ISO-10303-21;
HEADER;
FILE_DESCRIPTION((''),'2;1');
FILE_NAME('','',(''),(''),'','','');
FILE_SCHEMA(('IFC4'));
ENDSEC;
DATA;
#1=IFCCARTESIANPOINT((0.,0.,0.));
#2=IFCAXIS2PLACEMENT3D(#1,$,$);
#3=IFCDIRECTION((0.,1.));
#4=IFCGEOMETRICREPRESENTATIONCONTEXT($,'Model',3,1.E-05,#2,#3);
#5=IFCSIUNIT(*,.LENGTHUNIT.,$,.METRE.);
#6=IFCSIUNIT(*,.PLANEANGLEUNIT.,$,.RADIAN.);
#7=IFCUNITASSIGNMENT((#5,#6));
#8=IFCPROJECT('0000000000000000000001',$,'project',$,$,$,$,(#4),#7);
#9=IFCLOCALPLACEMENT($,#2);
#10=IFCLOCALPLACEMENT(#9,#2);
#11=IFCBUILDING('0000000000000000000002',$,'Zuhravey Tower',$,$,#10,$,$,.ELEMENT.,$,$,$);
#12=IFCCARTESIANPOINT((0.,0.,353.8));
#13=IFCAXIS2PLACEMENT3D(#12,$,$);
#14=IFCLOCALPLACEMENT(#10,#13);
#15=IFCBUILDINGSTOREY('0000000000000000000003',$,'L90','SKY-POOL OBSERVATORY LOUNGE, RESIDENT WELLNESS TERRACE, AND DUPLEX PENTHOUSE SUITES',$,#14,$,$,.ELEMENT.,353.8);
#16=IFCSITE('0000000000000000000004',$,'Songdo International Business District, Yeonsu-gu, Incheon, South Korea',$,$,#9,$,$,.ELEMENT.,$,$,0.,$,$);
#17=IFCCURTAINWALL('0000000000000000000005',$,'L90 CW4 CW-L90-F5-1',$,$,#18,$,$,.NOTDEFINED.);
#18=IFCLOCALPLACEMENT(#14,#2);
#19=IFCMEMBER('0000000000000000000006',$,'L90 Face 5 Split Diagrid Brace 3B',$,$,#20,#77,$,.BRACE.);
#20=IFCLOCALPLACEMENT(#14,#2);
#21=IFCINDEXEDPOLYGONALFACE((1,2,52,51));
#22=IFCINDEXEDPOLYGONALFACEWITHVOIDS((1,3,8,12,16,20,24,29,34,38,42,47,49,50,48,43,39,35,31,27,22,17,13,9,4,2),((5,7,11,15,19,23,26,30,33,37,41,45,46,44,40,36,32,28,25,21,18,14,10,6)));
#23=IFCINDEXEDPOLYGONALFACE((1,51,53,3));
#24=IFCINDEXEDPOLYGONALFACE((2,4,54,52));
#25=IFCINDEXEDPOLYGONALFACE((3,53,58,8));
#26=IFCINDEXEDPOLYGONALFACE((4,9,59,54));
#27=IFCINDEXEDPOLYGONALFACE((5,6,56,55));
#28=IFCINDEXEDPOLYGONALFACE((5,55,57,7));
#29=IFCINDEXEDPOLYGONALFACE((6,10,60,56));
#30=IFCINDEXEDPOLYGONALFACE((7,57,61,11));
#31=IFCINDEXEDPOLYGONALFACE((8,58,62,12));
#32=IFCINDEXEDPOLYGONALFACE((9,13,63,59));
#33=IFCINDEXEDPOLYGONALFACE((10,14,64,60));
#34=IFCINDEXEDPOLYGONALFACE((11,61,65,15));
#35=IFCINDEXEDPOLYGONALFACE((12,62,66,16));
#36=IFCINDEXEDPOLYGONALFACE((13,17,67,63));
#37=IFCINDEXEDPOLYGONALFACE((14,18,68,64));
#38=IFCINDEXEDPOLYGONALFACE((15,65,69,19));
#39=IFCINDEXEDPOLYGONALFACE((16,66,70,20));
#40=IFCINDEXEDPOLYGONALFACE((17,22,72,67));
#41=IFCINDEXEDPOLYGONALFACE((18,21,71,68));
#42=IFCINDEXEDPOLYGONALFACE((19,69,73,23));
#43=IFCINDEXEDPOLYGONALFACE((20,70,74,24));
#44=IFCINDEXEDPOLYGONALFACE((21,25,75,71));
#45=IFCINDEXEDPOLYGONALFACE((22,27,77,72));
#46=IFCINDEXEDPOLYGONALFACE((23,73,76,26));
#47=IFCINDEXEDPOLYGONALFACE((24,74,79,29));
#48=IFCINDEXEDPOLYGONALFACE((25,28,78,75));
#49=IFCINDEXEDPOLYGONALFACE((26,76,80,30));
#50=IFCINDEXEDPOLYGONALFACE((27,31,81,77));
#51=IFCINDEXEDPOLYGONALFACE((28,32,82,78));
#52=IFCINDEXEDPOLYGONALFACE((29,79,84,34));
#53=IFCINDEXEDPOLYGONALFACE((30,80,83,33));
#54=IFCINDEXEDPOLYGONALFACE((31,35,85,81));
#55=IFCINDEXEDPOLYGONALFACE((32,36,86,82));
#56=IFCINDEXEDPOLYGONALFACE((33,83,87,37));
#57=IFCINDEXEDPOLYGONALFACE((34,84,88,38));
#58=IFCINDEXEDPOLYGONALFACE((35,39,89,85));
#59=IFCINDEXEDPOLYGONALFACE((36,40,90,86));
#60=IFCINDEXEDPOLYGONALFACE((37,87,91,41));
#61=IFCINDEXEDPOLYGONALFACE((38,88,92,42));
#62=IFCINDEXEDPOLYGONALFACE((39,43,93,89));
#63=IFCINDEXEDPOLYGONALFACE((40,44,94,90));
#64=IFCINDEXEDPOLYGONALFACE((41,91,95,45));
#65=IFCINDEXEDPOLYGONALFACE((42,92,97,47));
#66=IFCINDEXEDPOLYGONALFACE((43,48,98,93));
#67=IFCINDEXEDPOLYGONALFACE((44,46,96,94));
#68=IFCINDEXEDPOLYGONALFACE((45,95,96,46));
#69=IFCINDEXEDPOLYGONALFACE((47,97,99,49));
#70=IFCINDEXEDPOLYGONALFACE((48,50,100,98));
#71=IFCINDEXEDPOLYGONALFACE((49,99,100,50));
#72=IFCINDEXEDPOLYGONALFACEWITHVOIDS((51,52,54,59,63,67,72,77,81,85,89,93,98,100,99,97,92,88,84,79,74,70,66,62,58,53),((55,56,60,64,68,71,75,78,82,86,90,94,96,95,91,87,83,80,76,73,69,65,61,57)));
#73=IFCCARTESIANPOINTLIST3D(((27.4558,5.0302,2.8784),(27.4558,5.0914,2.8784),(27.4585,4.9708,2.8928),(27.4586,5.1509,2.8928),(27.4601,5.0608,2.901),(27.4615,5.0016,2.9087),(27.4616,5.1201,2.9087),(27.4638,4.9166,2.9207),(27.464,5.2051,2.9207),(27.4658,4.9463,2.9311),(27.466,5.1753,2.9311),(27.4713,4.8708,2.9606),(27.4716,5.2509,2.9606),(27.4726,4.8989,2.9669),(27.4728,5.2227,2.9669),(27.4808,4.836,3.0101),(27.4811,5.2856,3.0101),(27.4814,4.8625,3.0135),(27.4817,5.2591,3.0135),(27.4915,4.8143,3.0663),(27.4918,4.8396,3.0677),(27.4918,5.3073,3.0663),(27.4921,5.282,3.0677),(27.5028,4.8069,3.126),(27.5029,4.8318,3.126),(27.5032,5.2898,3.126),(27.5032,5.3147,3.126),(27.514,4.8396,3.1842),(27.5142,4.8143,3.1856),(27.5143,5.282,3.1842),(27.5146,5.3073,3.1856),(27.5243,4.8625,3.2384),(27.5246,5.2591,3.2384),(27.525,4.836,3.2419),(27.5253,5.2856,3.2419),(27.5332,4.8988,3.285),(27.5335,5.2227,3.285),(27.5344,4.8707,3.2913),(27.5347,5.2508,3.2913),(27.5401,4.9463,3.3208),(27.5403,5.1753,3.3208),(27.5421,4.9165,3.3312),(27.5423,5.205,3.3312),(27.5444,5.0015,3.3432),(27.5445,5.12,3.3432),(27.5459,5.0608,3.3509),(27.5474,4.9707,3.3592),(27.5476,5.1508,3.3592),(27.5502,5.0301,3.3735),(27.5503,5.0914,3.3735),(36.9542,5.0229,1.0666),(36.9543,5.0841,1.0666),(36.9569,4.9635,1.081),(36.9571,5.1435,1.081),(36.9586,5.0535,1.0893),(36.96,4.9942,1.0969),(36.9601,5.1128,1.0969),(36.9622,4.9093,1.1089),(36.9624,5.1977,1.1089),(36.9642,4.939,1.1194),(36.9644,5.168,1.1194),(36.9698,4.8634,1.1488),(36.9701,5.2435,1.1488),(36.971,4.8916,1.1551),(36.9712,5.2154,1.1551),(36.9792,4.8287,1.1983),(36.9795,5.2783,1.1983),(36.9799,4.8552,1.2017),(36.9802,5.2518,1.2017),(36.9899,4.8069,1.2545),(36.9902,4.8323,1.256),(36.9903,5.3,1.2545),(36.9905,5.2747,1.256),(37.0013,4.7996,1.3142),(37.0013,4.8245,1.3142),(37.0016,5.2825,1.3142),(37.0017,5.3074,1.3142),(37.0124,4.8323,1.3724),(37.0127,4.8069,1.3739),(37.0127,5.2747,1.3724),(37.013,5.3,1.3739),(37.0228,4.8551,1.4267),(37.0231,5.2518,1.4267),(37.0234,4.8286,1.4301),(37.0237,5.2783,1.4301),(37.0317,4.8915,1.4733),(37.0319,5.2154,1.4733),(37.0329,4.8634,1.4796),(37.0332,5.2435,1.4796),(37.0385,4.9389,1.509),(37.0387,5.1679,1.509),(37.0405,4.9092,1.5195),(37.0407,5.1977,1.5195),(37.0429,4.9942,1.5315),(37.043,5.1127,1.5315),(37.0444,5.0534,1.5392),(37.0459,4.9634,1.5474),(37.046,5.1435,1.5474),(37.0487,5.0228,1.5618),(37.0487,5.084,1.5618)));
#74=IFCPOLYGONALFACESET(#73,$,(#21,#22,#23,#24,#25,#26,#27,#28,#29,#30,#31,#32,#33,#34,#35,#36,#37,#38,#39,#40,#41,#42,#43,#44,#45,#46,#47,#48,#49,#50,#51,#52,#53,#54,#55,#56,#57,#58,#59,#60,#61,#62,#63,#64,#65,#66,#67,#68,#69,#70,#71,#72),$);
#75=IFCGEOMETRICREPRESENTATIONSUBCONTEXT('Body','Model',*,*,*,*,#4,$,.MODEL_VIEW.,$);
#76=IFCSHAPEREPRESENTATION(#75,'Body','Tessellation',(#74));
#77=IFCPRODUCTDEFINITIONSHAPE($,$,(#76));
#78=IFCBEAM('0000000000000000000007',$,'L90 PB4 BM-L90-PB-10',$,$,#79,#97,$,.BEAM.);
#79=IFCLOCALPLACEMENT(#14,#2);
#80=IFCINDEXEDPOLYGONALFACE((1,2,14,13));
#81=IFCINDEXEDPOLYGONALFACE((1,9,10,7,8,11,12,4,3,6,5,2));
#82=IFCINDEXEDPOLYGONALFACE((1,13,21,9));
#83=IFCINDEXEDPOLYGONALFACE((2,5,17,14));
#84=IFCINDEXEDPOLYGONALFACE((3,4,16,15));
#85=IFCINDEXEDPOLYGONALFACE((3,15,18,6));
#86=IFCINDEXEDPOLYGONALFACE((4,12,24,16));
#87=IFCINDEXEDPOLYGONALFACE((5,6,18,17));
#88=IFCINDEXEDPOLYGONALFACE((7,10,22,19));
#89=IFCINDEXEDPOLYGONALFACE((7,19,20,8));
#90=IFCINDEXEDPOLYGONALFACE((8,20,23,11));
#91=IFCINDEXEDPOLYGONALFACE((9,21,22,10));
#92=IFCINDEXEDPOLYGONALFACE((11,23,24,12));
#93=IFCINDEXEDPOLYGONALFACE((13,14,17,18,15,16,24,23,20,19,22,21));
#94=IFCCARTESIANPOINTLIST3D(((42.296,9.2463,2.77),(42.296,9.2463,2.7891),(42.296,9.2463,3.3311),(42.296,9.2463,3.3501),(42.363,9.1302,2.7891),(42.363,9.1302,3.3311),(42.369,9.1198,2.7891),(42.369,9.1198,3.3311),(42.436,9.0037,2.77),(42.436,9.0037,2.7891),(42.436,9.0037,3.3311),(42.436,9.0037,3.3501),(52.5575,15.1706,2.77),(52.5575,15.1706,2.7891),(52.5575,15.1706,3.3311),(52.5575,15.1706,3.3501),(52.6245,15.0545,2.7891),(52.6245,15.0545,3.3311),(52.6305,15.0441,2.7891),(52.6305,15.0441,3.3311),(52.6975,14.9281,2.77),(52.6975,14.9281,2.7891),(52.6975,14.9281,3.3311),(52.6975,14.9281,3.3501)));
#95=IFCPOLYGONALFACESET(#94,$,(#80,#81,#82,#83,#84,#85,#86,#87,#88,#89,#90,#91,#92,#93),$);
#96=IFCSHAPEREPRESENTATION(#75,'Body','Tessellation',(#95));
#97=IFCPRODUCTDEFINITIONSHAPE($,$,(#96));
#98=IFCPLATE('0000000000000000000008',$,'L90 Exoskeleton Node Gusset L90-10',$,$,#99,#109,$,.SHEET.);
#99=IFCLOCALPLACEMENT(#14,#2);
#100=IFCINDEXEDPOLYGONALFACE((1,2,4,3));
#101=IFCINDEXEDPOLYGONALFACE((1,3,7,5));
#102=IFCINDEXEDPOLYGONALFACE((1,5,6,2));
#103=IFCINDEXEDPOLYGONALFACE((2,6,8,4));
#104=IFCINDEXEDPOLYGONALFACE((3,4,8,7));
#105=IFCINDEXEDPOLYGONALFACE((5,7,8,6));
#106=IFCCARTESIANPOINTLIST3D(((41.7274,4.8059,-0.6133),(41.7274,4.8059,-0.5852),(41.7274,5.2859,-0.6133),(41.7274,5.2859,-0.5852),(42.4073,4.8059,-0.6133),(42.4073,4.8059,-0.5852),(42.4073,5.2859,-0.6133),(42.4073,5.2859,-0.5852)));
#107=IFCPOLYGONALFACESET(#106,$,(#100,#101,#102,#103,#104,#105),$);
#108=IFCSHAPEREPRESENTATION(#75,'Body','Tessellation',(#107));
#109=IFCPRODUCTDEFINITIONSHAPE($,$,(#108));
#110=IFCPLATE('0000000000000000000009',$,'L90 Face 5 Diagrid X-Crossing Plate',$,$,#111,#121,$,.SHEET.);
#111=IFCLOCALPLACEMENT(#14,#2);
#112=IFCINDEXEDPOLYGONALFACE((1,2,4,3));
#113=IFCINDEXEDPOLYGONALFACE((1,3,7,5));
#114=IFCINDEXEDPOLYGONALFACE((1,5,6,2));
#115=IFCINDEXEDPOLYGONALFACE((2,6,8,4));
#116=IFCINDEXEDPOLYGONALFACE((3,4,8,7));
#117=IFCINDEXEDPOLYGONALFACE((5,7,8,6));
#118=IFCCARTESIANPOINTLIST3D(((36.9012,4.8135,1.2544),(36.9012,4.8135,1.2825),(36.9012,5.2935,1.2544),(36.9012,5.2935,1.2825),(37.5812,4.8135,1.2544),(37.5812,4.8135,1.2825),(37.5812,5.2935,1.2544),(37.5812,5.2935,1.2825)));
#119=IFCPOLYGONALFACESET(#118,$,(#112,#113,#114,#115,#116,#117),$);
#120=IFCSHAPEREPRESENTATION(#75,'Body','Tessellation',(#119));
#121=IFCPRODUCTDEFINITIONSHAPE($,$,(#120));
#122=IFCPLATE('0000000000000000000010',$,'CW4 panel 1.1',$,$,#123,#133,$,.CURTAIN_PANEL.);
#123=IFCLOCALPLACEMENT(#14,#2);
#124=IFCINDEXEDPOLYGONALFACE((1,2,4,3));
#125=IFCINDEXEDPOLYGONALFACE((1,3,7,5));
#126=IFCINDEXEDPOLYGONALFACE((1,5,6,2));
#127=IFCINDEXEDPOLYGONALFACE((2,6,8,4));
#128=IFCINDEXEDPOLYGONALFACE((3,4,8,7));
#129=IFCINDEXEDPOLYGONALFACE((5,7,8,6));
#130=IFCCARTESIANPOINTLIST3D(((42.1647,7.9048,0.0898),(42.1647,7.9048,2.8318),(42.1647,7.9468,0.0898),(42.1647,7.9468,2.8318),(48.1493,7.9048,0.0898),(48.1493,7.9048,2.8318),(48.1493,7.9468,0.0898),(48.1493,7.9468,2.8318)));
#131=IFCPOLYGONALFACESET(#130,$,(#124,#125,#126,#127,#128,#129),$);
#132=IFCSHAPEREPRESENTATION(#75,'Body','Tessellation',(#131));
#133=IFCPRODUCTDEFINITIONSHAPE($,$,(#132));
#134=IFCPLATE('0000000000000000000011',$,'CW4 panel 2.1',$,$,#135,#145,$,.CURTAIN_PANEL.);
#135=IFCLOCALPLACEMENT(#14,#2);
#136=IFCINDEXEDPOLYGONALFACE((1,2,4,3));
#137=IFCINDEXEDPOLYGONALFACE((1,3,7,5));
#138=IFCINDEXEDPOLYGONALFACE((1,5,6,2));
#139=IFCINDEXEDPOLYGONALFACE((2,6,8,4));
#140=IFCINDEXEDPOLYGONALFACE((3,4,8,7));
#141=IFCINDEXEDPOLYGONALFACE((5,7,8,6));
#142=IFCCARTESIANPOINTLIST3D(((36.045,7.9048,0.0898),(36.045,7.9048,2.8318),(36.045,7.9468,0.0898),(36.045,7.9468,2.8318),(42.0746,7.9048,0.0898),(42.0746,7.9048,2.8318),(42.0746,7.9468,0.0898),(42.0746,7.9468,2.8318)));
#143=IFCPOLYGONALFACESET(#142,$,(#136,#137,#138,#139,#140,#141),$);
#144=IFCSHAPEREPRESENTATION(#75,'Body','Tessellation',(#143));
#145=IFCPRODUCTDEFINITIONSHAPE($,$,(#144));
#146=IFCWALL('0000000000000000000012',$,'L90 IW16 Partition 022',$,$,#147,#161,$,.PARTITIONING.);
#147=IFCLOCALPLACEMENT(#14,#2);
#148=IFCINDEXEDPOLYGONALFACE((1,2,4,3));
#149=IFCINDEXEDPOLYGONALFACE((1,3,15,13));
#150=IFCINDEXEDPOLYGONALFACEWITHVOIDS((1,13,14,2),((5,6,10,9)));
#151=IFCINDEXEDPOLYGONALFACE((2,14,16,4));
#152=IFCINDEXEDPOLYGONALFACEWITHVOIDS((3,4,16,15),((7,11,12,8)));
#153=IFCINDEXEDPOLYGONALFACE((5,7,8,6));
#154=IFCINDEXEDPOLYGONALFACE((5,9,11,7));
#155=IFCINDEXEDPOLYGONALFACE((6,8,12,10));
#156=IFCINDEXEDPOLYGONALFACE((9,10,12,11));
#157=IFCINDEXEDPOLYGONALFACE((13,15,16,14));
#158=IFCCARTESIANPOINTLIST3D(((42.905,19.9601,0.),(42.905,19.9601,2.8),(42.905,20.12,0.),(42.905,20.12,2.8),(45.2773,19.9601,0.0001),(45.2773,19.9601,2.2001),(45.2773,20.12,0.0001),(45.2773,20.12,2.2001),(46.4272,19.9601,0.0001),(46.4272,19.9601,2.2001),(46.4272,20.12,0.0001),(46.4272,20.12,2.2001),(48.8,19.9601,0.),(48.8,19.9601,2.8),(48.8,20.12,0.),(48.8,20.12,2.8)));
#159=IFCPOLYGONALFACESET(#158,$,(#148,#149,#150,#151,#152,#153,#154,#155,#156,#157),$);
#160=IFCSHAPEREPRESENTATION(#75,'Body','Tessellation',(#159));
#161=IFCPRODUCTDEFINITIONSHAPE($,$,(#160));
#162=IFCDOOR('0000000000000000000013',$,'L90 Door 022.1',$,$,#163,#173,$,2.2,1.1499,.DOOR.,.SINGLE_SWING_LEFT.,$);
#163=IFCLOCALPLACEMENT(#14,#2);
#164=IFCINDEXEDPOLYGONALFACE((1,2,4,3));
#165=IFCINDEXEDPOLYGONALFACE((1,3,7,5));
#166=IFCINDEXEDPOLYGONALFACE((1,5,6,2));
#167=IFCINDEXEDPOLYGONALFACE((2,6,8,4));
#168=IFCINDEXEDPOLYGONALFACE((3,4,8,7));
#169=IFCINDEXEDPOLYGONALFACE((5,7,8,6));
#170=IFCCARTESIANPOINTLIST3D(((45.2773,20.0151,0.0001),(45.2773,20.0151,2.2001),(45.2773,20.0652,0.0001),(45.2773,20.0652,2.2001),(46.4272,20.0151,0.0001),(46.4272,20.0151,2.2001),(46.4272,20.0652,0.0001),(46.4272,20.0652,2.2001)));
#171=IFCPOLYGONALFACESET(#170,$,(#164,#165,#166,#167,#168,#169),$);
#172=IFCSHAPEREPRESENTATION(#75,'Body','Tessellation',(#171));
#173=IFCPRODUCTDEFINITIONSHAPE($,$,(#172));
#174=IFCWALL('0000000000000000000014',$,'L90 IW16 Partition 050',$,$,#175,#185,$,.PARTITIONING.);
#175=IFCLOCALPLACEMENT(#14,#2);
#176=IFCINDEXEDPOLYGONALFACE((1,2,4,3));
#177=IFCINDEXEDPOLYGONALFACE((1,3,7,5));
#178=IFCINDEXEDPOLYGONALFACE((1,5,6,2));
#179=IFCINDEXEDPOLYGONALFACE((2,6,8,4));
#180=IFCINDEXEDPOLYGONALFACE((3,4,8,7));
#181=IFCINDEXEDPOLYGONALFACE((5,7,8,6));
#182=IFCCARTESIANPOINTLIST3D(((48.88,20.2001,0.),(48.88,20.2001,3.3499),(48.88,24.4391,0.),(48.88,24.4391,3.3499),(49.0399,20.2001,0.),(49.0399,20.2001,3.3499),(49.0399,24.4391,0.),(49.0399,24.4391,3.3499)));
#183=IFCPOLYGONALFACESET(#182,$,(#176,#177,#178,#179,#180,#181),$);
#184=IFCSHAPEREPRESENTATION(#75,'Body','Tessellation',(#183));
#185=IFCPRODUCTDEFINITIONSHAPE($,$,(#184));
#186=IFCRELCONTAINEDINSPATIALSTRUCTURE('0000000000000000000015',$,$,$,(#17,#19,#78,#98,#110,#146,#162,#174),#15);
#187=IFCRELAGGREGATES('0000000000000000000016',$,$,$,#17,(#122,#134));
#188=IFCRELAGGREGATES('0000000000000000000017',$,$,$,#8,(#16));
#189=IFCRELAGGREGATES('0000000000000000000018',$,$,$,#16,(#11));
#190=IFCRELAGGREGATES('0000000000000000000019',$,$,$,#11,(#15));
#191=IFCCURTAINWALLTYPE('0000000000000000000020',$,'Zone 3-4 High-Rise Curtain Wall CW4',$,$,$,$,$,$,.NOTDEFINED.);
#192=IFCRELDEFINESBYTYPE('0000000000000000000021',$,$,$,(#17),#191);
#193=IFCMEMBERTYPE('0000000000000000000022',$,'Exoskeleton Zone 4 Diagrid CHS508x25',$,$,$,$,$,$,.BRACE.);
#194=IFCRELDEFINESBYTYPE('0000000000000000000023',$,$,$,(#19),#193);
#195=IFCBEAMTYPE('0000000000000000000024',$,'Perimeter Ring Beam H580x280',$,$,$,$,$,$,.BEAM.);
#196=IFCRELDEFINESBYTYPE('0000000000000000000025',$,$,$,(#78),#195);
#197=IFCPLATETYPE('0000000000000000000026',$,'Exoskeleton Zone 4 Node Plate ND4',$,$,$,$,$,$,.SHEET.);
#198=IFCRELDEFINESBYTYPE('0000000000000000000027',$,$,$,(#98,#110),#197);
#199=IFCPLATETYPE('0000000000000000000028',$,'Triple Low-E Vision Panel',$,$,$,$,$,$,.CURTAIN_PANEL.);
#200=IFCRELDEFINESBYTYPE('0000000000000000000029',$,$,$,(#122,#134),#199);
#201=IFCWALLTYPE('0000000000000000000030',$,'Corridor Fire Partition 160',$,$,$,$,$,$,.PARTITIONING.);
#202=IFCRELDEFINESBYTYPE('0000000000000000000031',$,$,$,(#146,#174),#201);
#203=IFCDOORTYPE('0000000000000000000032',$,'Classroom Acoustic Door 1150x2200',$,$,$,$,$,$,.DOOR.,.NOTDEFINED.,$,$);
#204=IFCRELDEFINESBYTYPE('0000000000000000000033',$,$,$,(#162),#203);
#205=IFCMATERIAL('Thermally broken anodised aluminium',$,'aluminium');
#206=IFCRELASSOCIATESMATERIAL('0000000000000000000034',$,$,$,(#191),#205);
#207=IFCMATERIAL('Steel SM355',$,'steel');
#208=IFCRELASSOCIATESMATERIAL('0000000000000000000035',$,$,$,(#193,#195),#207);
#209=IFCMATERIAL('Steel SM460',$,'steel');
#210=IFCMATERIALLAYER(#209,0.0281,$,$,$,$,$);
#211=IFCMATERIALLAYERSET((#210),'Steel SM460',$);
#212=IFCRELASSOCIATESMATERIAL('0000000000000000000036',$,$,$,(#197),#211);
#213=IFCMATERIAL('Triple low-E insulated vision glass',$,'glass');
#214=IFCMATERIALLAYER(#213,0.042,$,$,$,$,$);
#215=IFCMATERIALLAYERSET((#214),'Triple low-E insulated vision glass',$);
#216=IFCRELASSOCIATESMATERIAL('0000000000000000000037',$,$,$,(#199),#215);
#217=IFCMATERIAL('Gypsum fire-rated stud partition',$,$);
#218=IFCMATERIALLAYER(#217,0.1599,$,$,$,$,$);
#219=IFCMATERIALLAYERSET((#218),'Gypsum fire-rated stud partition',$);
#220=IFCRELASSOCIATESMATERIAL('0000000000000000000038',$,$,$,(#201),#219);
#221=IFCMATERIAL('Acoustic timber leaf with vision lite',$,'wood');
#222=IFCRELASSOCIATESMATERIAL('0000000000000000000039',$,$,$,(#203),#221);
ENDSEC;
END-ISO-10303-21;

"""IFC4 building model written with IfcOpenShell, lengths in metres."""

from ifc_helpers import new_model, si_unit, direction, frame, frame_2d, origin, origin_2d, place, context, subcontext, project, spatial, rectangle, hollow_circle, i_section, extrude, material, layer, layer_set, material_profile, profile_set, type_object, element, fill, aggregate, save


model = new_model("IFC4")

# Units and contexts
model_context = context("Model", 3, precision=1e-05, world=origin(), true_north=direction((0.0, 1.0)))
body_context = subcontext(model_context, "Body", "Model", "MODEL_VIEW")
ifc_project = project(units=[si_unit("LENGTHUNIT", "METRE"), si_unit("PLANEANGLEUNIT", "RADIAN")], contexts=[model_context])

# Site, building, storey
site_placement = place(None, origin())
site = spatial("IfcSite", under=ifc_project, at=site_placement, Name="Songdo International Business District, Yeonsu-gu, Incheon, South Korea", CompositionType="ELEMENT", RefElevation=0.0)
building_placement = place(site_placement, origin())
building = spatial("IfcBuilding", under=site, at=building_placement, Name="Zuhravey Tower", CompositionType="ELEMENT")
storey_placement = place(building_placement, frame((0.0, 0.0, 353.8)))
storey = spatial("IfcBuildingStorey", under=building, at=storey_placement, Name="L90", Description="SKY-POOL OBSERVATORY LOUNGE, RESIDENT WELLNESS TERRACE, AND DUPLEX PENTHOUSE SUITES", CompositionType="ELEMENT", Elevation=353.8)

# Curtain wall
ifc_material_1 = material(Name="Thermally broken anodised aluminium", Category="aluminium")
curtain_wall_type = type_object("IfcCurtainWallType", Name="Zone 3-4 High-Rise Curtain Wall CW4", PredefinedType="NOTDEFINED", material=ifc_material_1)
curtain_wall_placement = place(storey_placement, origin())
curtain_wall = element("IfcCurtainWall", 1, at=curtain_wall_placement, inside=storey, type_object=curtain_wall_type, Name="L90 CW4 CW-L90-F5-1", PredefinedType="NOTDEFINED")

# Shared definitions
ifc_material_2 = material(Name="Steel SM460", Category="steel")

# Member
ifc_material_3 = material(Name="Steel SM355", Category="steel")
ifc_material_profile_1 = material_profile(ifc_material_3, hollow_circle(Radius=0.2539, WallThickness=0.0249, at=origin_2d()), Name="CHS-508.0x25")
ifc_profile_set_1 = profile_set([ifc_material_profile_1], Name="Steel SM355")
member_type_1 = type_object("IfcMemberType", Name="Exoskeleton Zone 4 Diagrid CHS508x25", PredefinedType="BRACE", material=ifc_profile_set_1)
member_1_placement = place(storey_placement, frame((37.0015, 5.0535, 1.3142), z_axis=(-0.98229, 0.000757, 0.187364), x_axis=(-0.000771, -1.0, 0.0)))
element("IfcMember", 2, at=member_1_placement, inside=storey, type_object=member_type_1, Name="L90 Face 5 Split Diagrid Brace 3B", PredefinedType="BRACE", context=body_context, shape_type="SweptSolid", body=[
    extrude(hollow_circle(Radius=0.2539, WallThickness=0.0249, at=origin_2d()), origin(), (0.0, 0.0, 1.0), 9.6697),
])

# Beam
ifc_material_profile_2 = material_profile(ifc_material_3, i_section(OverallWidth=0.28, OverallDepth=0.5801, WebThickness=0.012, FlangeThickness=0.019, at=origin_2d()), Name="H-580x280x12x19")
ifc_profile_set_2 = profile_set([ifc_material_profile_2], Name="Steel SM355")
beam_type_1 = type_object("IfcBeamType", Name="Perimeter Ring Beam H580x280", PredefinedType="BEAM", material=ifc_profile_set_2)
beam_1_placement = place(storey_placement, frame((42.366, 9.125, 3.0601), z_axis=(0.866031, 0.499991, 0.0), x_axis=(-0.499991, 0.866031, 0.0)))
element("IfcBeam", 3, at=beam_1_placement, inside=storey, type_object=beam_type_1, Name="L90 PB4 BM-L90-PB-10", PredefinedType="BEAM", context=body_context, shape_type="SweptSolid", body=[
    extrude(i_section(OverallWidth=0.28, OverallDepth=0.5801, WebThickness=0.012, FlangeThickness=0.019, at=origin_2d()), origin(), (0.0, 0.0, 1.0), 11.8489),
])

# Plates
ifc_layer_1 = layer(ifc_material_2, 0.0281)
ifc_layer_set_1 = layer_set([ifc_layer_1], Name="Steel SM460")
plate_type_1 = type_object("IfcPlateType", Name="Exoskeleton Zone 4 Node Plate ND4", PredefinedType="SHEET", material=ifc_layer_set_1)
for number, where, z_axis, x_axis, name in (
    (4, (42.0674, 5.0459, -0.6133), (0.0, 0.0, 1.0), (1.0, 0.0, 0.0), "L90 Exoskeleton Node Gusset L90-10"),
    (5, (37.2412, 5.0535, 1.2544), (0.0, 0.0, 1.0), (1.0, 0.0, 0.0), "L90 Face 5 Diagrid X-Crossing Plate"),
):
    element("IfcPlate", number, at=place(storey_placement, frame(where, z_axis=z_axis, x_axis=x_axis)), inside=storey, type_object=plate_type_1, Name=name, PredefinedType="SHEET", context=body_context, shape_type="SweptSolid", body=[
        extrude(rectangle(XDim=0.6799, YDim=0.48, at=origin_2d()), origin(), (0.0, 0.0, 1.0), 0.0281),
    ])

# Plates
ifc_material_4 = material(Name="Triple low-E insulated vision glass", Category="glass")
ifc_layer_2 = layer(ifc_material_4, 0.042)
ifc_layer_set_2 = layer_set([ifc_layer_2], Name="Triple low-E insulated vision glass")
plate_type_2 = type_object("IfcPlateType", Name="Triple Low-E Vision Panel", PredefinedType="CURTAIN_PANEL", material=ifc_layer_set_2)
plate_1_placement = place(storey_placement, frame((45.157, 7.9258, 0.0898), z_axis=(0.0, 0.0, 1.0), x_axis=(-1.0, 0.0, 0.0)))
plate_1 = element("IfcPlate", 6, at=plate_1_placement, type_object=plate_type_2, Name="CW4 panel 1.1", PredefinedType="CURTAIN_PANEL", context=body_context, shape_type="SweptSolid", body=[
    extrude(rectangle(XDim=5.9846, YDim=0.042, at=origin_2d()), origin(), (0.0, 0.0, 1.0), 2.7419),
])
plate_2_placement = place(storey_placement, frame((39.0598, 7.9258, 0.0898), z_axis=(0.0, 0.0, 1.0), x_axis=(-1.0, 0.0, 0.0)))
plate_2 = element("IfcPlate", 7, at=plate_2_placement, type_object=plate_type_2, Name="CW4 panel 2.1", PredefinedType="CURTAIN_PANEL", context=body_context, shape_type="SweptSolid", body=[
    extrude(rectangle(XDim=6.0295, YDim=0.042, at=origin_2d()), origin(), (0.0, 0.0, 1.0), 2.7419),
])
aggregate(curtain_wall, [plate_1, plate_2])

# Wall, opening, door
ifc_material_5 = material(Name="Gypsum fire-rated stud partition")
ifc_layer_3 = layer(ifc_material_5, 0.1599)
ifc_layer_set_3 = layer_set([ifc_layer_3], Name="Gypsum fire-rated stud partition")
wall_type_1 = type_object("IfcWallType", Name="Corridor Fire Partition 160", PredefinedType="PARTITIONING", material=ifc_layer_set_3)
wall_1_placement = place(storey_placement, frame((42.905, 20.04, 0.0), z_axis=(0.0, 0.0, 1.0), x_axis=(1.0, 0.0, 0.0)))
wall_1 = element("IfcWall", 8, at=wall_1_placement, inside=storey, type_object=wall_type_1, Name="L90 IW16 Partition 022", PredefinedType="PARTITIONING", context=body_context, shape_type="SweptSolid", body=[
    extrude(rectangle(XDim=5.895, YDim=0.1599, at=frame_2d((2.9475, 0.0))), origin(), (0.0, 0.0, 1.0), 2.8),
])
opening_placement = place(wall_1_placement, frame((2.3723, 0.0, 0.0)))
opening = element("IfcOpeningElement", 9, at=opening_placement, cuts=wall_1, PredefinedType="OPENING", context=body_context, shape_type="SweptSolid", body=[
    extrude(rectangle(XDim=1.1499, YDim=2.2, at=frame_2d((0.575, 1.1001))), frame((0.0, 0.092, 0.0), z_axis=(0.0, -1.0, 0.0), x_axis=(1.0, 0.0, 0.0)), (0.0, 0.0, 1.0), 0.1838),
])
ifc_material_6 = material(Name="Acoustic timber leaf with vision lite", Category="wood")
door_type = type_object("IfcDoorType", Name="Classroom Acoustic Door 1150x2200", OperationType="NOTDEFINED", PredefinedType="DOOR", material=ifc_material_6)
door_placement = place(opening_placement, frame((1.1499, 0.0, 0.0), z_axis=(0.0, 0.0, 1.0), x_axis=(-1.0, 0.0, 0.0)))
door = element("IfcDoor", 10, at=door_placement, inside=storey, type_object=door_type, Name="L90 Door 022.1", OperationType="SINGLE_SWING_LEFT", OverallHeight=2.2, OverallWidth=1.1499, PredefinedType="DOOR", context=body_context, shape_type="SweptSolid", body=[
    extrude(rectangle(XDim=1.1499, YDim=2.2, at=frame_2d((0.575, 1.1001))), frame((0.0, 0.0249, 0.0), z_axis=(0.0, -1.0, 0.0), x_axis=(1.0, 0.0, 0.0)), (0.0, 0.0, 1.0), 0.05),
])
fill(opening, door)

# Wall
wall_2_placement = place(storey_placement, frame((48.96, 20.2, 0.0), z_axis=(0.0, 0.0, 1.0), x_axis=(0.0, 1.0, 0.0)))
element("IfcWall", 11, at=wall_2_placement, inside=storey, type_object=wall_type_1, Name="L90 IW16 Partition 050", PredefinedType="PARTITIONING", context=body_context, shape_type="SweptSolid", body=[
    extrude(rectangle(XDim=4.239, YDim=0.1599, at=frame_2d((2.1196, 0.0))), origin(), (0.0, 0.0, 1.0), 3.3499),
])

save(model, "model.ifc")
